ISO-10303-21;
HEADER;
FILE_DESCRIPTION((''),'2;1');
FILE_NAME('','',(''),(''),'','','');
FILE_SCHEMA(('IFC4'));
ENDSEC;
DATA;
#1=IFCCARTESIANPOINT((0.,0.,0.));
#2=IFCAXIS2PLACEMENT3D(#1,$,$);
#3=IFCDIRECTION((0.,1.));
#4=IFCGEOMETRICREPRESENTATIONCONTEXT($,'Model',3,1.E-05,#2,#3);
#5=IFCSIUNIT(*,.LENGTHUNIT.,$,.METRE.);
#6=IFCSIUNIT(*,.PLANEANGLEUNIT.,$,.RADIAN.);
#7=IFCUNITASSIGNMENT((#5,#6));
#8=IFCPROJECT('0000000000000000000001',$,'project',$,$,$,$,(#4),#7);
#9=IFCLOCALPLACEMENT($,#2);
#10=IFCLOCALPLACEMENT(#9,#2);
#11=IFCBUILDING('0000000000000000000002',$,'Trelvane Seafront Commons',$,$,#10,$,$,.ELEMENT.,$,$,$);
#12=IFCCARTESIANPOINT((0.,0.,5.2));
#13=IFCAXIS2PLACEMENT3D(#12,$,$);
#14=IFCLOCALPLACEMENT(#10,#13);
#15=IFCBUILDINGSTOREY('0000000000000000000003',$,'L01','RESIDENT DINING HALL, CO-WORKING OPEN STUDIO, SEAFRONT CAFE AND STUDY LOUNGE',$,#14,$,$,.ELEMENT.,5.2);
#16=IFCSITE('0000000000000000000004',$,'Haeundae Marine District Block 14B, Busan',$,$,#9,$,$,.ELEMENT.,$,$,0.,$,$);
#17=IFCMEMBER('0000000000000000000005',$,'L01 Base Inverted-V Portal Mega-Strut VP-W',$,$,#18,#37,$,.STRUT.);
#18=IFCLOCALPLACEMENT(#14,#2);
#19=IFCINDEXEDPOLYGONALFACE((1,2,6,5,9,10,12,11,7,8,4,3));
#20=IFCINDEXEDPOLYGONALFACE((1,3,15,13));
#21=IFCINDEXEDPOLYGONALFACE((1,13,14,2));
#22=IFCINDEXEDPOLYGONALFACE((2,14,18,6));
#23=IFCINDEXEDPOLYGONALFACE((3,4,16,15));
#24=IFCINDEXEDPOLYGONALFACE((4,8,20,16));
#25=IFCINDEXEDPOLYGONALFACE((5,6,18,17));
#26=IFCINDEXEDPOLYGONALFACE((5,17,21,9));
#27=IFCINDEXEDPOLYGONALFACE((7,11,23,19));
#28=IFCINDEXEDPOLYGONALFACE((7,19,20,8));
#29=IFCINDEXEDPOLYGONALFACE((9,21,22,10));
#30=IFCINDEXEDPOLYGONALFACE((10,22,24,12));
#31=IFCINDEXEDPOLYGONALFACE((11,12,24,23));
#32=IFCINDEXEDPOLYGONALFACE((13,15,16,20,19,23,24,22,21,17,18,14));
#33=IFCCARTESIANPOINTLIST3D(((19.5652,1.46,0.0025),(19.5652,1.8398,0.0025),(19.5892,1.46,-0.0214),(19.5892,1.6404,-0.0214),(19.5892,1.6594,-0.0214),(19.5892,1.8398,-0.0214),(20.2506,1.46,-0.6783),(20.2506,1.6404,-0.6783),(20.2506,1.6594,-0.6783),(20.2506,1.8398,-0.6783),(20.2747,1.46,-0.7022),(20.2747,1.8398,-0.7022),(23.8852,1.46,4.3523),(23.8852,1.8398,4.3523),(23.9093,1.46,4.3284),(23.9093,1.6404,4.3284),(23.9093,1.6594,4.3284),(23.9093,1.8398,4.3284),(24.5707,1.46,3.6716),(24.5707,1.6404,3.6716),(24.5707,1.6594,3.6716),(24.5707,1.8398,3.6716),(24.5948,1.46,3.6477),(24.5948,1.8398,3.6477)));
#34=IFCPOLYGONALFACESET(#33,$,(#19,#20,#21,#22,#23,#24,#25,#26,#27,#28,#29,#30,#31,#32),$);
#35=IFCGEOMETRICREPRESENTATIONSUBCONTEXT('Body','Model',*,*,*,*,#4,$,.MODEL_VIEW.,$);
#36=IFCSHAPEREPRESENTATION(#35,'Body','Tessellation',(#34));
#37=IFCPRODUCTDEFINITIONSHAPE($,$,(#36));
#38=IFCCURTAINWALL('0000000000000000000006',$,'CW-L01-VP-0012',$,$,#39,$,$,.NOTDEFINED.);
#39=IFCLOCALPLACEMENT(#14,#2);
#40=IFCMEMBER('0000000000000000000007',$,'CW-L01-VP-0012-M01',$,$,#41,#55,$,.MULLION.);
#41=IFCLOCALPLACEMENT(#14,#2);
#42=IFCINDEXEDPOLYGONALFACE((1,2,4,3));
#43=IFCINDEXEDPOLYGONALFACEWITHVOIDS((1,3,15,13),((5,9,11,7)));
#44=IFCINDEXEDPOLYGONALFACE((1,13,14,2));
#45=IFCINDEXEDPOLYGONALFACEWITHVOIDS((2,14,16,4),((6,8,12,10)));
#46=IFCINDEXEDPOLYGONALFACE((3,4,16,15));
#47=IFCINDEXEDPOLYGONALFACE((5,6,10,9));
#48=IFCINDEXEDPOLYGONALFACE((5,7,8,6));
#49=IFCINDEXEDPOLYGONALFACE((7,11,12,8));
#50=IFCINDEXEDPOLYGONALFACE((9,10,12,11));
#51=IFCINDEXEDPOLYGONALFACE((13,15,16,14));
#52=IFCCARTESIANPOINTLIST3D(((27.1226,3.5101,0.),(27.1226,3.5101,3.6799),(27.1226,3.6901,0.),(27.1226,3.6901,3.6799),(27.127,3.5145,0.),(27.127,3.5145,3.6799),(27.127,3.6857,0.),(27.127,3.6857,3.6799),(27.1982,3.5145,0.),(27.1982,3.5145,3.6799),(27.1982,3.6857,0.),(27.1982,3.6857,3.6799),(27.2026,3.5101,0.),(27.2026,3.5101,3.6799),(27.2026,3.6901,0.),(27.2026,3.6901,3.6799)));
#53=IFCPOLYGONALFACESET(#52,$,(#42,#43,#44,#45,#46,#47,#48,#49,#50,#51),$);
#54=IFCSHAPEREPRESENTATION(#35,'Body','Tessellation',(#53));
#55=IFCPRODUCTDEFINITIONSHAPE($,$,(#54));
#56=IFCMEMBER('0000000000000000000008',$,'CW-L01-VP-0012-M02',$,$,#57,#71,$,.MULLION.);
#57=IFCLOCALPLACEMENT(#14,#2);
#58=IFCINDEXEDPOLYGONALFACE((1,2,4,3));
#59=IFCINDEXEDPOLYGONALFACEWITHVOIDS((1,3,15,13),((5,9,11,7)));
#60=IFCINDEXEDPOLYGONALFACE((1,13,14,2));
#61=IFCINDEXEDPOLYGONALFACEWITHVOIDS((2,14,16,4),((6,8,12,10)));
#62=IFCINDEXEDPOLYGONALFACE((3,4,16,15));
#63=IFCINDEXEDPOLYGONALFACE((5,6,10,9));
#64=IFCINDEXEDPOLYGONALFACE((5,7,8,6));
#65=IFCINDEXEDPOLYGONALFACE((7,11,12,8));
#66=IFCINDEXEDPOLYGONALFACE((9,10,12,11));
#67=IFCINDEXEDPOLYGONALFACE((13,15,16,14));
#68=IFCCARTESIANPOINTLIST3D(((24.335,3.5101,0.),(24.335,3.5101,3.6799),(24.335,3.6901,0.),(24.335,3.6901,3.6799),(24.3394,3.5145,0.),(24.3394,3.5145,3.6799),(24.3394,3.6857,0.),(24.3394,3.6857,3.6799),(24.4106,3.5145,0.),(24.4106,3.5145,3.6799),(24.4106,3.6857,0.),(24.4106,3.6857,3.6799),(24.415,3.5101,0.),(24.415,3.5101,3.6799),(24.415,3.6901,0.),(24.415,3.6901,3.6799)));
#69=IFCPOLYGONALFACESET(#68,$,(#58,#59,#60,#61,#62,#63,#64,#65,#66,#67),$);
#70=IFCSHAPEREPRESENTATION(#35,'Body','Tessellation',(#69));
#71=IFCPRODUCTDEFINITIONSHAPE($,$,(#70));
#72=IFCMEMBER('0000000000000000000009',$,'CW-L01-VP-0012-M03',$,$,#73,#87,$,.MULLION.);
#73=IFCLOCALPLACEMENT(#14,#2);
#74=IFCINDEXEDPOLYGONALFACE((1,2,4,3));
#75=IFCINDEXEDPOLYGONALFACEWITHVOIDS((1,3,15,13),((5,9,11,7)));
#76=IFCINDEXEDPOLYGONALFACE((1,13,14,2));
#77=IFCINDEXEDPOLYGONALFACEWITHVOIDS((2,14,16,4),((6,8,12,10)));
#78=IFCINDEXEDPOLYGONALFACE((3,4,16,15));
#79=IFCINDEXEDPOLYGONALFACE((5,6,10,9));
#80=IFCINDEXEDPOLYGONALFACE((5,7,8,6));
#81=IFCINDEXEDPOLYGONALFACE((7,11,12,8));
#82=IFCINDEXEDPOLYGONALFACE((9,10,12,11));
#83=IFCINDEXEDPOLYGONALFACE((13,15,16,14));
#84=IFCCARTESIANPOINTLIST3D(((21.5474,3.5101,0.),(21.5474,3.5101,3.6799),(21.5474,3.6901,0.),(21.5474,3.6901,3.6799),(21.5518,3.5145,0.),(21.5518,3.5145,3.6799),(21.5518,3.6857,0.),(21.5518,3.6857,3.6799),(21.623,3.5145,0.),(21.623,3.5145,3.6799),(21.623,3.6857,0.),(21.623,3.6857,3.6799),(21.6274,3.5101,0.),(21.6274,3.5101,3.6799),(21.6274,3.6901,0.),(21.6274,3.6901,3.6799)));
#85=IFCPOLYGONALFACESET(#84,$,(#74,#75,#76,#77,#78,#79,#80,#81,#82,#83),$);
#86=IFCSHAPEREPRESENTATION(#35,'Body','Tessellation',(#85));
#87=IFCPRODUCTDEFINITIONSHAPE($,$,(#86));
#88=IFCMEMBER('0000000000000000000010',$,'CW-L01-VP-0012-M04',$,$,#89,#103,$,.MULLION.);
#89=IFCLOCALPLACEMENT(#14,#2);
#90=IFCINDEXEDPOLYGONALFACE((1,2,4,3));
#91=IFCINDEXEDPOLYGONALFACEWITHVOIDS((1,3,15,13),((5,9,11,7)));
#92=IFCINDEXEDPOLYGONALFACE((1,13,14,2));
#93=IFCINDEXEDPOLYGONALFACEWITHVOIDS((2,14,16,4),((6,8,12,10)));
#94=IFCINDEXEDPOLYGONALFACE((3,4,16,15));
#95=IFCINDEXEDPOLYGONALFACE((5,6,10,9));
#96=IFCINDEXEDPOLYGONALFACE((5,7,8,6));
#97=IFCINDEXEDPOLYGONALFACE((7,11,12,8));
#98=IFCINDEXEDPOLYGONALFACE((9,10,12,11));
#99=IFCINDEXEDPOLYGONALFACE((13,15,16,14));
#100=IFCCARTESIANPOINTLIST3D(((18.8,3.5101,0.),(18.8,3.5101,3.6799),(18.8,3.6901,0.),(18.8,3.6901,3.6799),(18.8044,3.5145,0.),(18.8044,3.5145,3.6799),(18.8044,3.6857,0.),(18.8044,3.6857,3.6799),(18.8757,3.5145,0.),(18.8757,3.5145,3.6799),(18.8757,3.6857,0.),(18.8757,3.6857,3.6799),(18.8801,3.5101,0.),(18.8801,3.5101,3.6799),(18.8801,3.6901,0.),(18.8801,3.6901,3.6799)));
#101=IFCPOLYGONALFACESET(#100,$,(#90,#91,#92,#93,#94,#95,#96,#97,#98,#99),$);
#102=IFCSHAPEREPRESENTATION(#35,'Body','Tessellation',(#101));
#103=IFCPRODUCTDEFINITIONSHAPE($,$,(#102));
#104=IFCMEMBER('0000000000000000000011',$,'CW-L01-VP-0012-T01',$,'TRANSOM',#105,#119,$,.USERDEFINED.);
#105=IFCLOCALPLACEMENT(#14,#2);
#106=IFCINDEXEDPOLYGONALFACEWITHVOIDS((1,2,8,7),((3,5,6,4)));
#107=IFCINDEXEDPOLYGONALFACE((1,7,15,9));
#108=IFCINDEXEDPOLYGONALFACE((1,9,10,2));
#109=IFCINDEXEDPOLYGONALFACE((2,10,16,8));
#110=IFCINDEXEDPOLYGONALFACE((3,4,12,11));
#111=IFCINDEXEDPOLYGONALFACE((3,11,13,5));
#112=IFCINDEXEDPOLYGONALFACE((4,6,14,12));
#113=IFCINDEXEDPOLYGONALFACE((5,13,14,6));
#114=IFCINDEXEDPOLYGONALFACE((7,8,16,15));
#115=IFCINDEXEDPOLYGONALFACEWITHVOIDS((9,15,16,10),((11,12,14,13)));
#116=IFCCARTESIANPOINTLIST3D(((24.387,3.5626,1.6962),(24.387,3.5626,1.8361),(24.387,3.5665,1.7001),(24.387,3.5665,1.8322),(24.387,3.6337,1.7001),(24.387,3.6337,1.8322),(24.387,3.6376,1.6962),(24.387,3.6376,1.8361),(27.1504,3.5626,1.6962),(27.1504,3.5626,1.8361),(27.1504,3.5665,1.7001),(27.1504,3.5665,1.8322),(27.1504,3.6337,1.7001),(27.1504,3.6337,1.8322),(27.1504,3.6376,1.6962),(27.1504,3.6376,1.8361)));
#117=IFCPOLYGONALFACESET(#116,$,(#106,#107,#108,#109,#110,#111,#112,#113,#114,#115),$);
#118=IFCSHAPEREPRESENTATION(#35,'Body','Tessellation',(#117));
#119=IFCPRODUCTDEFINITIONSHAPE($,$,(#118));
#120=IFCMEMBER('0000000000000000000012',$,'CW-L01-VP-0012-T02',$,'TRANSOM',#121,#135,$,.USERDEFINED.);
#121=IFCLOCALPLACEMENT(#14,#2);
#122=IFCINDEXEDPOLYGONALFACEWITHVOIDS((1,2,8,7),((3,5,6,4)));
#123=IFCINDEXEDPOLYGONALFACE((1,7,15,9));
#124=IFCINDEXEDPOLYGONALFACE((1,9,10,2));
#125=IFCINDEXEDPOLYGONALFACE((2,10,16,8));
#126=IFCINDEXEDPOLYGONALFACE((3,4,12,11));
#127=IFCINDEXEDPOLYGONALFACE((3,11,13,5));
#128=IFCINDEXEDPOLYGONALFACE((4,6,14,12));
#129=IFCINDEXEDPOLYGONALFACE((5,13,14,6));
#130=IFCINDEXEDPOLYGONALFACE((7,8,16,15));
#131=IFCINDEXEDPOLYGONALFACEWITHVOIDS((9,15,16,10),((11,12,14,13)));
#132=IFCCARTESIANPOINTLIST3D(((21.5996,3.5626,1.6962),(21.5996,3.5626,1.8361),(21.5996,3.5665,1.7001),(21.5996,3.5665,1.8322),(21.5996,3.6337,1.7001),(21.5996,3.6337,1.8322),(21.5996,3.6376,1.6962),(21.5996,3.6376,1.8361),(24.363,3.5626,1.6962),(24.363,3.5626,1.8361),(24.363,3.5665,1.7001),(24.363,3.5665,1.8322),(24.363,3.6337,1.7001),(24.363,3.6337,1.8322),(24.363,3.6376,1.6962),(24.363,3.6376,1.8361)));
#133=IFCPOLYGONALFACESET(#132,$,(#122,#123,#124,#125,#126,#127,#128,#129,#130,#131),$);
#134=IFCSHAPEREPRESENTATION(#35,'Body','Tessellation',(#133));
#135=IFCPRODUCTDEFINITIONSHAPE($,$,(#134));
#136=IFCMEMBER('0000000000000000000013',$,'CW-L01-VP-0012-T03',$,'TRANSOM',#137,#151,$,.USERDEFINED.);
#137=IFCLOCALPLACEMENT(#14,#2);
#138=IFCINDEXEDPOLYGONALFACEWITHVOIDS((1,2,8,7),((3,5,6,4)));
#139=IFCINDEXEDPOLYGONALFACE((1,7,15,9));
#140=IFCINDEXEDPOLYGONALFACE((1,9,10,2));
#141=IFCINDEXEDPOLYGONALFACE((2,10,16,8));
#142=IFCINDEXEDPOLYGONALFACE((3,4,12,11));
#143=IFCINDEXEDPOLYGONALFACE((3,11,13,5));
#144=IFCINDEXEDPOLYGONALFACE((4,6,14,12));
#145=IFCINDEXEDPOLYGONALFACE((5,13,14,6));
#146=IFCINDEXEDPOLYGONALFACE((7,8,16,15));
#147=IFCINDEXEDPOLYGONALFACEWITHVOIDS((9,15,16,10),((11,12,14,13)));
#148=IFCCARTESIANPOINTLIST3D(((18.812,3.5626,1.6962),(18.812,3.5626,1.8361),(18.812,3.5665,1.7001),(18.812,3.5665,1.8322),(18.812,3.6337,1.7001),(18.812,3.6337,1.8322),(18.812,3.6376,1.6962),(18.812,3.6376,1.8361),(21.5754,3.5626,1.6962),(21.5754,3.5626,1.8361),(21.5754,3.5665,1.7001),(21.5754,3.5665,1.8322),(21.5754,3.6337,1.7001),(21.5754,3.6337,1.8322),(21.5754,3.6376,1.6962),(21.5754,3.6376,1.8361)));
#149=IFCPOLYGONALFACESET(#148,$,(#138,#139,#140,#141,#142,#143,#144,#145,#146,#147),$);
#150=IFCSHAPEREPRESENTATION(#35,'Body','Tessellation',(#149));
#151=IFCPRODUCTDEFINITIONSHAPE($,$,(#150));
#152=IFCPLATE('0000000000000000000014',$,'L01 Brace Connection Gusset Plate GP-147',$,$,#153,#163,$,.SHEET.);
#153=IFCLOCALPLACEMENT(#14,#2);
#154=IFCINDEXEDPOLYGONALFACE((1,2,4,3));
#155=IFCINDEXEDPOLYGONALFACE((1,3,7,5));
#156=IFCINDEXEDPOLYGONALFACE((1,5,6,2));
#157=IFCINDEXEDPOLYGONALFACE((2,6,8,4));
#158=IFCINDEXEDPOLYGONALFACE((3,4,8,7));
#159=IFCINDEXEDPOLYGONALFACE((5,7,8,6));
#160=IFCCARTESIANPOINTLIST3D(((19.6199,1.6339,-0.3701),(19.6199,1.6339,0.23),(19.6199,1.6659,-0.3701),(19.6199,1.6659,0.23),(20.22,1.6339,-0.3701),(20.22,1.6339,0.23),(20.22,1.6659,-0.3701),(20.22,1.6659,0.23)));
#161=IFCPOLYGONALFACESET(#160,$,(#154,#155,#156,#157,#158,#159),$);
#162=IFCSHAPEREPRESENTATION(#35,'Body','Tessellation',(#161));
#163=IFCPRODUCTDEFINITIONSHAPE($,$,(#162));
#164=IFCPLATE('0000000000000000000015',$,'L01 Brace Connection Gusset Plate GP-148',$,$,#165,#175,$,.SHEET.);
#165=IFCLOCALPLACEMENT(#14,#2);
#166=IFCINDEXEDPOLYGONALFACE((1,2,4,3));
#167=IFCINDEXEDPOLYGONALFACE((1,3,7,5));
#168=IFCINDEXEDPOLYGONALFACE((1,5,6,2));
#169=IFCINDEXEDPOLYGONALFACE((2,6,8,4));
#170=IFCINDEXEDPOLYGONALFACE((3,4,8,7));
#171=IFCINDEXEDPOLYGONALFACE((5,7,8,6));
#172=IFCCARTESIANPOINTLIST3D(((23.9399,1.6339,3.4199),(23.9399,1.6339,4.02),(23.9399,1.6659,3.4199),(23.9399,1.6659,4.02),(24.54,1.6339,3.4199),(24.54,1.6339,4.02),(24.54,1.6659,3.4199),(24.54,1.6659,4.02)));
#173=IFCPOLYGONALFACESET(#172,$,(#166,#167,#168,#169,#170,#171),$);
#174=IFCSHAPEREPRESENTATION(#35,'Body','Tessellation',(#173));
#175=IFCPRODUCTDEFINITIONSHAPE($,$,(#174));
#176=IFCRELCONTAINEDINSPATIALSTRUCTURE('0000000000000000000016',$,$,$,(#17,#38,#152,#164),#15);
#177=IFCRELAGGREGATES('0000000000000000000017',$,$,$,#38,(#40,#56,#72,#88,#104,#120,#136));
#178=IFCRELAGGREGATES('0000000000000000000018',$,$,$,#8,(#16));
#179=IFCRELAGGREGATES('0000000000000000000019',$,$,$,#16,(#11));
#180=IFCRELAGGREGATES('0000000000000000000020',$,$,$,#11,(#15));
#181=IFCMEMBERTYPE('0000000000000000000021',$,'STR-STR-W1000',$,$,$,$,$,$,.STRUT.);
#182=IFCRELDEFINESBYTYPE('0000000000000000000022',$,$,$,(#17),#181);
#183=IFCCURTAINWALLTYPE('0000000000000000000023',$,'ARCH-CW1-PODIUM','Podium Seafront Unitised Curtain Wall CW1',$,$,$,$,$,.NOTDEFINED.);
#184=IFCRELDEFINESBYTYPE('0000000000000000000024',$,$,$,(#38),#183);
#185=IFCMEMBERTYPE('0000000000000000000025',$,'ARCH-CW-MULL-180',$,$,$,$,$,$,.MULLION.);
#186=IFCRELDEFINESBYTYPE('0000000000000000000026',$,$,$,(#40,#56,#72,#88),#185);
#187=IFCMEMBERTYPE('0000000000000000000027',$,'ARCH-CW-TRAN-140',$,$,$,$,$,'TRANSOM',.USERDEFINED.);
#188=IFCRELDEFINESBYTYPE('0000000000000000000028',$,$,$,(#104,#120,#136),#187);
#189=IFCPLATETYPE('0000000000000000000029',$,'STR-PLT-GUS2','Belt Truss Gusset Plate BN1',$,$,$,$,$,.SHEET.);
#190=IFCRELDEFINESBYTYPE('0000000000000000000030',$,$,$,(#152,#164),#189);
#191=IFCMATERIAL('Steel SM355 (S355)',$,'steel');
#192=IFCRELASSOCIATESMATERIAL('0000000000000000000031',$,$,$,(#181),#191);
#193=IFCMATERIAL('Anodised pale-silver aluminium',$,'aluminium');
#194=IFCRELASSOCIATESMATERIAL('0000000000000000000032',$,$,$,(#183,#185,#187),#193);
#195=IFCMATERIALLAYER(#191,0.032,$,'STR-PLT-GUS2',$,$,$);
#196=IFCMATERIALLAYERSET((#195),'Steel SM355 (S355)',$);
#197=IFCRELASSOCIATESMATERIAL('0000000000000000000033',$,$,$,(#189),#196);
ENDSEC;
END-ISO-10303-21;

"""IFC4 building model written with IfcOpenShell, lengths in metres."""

from ifc_helpers import new_model, si_unit, direction, frame, origin, origin_2d, place, context, subcontext, project, spatial, rectangle, hollow_rectangle, i_section, extrude, source, transform, mapped, material, layer, layer_set, material_profile, profile_set, type_object, element, aggregate, save


model = new_model("IFC4")

# Units and contexts
model_context = context("Model", 3, precision=1e-05, world=origin(), true_north=direction((0.0, 1.0)))
body_context = subcontext(model_context, "Body", "Model", "MODEL_VIEW")
ifc_project = project(units=[si_unit("LENGTHUNIT", "METRE"), si_unit("PLANEANGLEUNIT", "RADIAN")], contexts=[model_context])

# Site, building, storey
site_placement = place(None, origin())
site = spatial("IfcSite", under=ifc_project, at=site_placement, Name="Haeundae Marine District Block 14B, Busan", CompositionType="ELEMENT", RefElevation=0.0)
building_placement = place(site_placement, origin())
building = spatial("IfcBuilding", under=site, at=building_placement, Name="Trelvane Seafront Commons", CompositionType="ELEMENT")
storey_placement = place(building_placement, frame((0.0, 0.0, 5.2)))
storey = spatial("IfcBuildingStorey", under=building, at=storey_placement, Name="L01", Description="RESIDENT DINING HALL, CO-WORKING OPEN STUDIO, SEAFRONT CAFE AND STUDY LOUNGE", CompositionType="ELEMENT", Elevation=5.2)

# Member
ifc_material_1 = material(Name="Steel SM355 (S355)", Category="steel")
ifc_material_profile_1 = material_profile(ifc_material_1, i_section(OverallWidth=0.3799, OverallDepth=1.0, WebThickness=0.019, FlangeThickness=0.0339, at=origin_2d()), Name="W-1000x380x19x34")
ifc_profile_set_1 = profile_set([ifc_material_profile_1], Name="Steel SM355 (S355)")
member_type_1 = type_object("IfcMemberType", Name="STR-STR-W1000", PredefinedType="STRUT", material=ifc_profile_set_1)
shared_shape_1 = source(origin(), body_context, "Body", "SweptSolid", [
    extrude(i_section(OverallWidth=0.3799, OverallDepth=1.0, WebThickness=0.019, FlangeThickness=0.0339, at=origin_2d()), origin(), (0.0, 0.0, 1.0), 6.1306),
])
member_1_placement = place(storey_placement, frame((19.9199, 1.6499, -0.3499), z_axis=(0.704673, 0.0, 0.709532), x_axis=(0.0, 1.0, 0.0)))
element("IfcMember", 1, at=member_1_placement, inside=storey, type_object=member_type_1, Name="L01 Base Inverted-V Portal Mega-Strut VP-W", PredefinedType="STRUT", context=body_context, shape_type="MappedRepresentation", body=[
    mapped(shared_shape_1, transform((0.0, 0.0, 0.0), x_axis=(1.0, 0.0, 0.0), y_axis=(0.0, 1.0, 0.0), z_axis=(0.0, 0.0, 1.0), scale=1.0)),
])

# Curtain wall, members
ifc_material_2 = material(Name="Anodised pale-silver aluminium", Category="aluminium")
curtain_wall_type = type_object("IfcCurtainWallType", Name="ARCH-CW1-PODIUM", Description="Podium Seafront Unitised Curtain Wall CW1", PredefinedType="NOTDEFINED", material=ifc_material_2)
curtain_wall_placement = place(storey_placement, origin())
curtain_wall = element("IfcCurtainWall", 2, at=curtain_wall_placement, inside=storey, type_object=curtain_wall_type, Name="CW-L01-VP-0012", PredefinedType="NOTDEFINED")
ifc_material_profile_2 = material_profile(ifc_material_2, hollow_rectangle(XDim=0.0801, YDim=0.1799, WallThickness=0.0044, at=origin_2d()), Name="MULL-80x180x4.5")
ifc_profile_set_2 = profile_set([ifc_material_profile_2], Name="Anodised pale-silver aluminium")
member_type_2 = type_object("IfcMemberType", Name="ARCH-CW-MULL-180", PredefinedType="MULLION", material=ifc_profile_set_2)
shared_shape_2 = source(origin(), body_context, "Body", "SweptSolid", [
    extrude(hollow_rectangle(XDim=0.0801, YDim=0.1799, WallThickness=0.0044, at=origin_2d()), origin(), (0.0, 0.0, 1.0), 3.6799),
])
member_2_placement = place(storey_placement, frame((27.1626, 3.6001, 0.0), z_axis=(0.0, 0.0, 1.0), x_axis=(1.0, 0.0, 0.0)))
member_2 = element("IfcMember", 3, at=member_2_placement, type_object=member_type_2, Name="CW-L01-VP-0012-M01", PredefinedType="MULLION", context=body_context, shape_type="MappedRepresentation", body=[
    mapped(shared_shape_2, transform((0.0, 0.0, 0.0), x_axis=(1.0, 0.0, 0.0), y_axis=(0.0, 1.0, 0.0), z_axis=(0.0, 0.0, 1.0), scale=1.0)),
])
member_3_placement = place(storey_placement, frame((24.375, 3.6001, 0.0), z_axis=(0.0, 0.0, 1.0), x_axis=(1.0, 0.0, 0.0)))
member_3 = element("IfcMember", 4, at=member_3_placement, type_object=member_type_2, Name="CW-L01-VP-0012-M02", PredefinedType="MULLION", context=body_context, shape_type="MappedRepresentation", body=[
    mapped(shared_shape_2, transform((0.0, 0.0, 0.0), x_axis=(1.0, 0.0, 0.0), y_axis=(0.0, 1.0, 0.0), z_axis=(0.0, 0.0, 1.0), scale=1.0)),
])
member_4_placement = place(storey_placement, frame((21.5874, 3.6001, 0.0), z_axis=(0.0, 0.0, 1.0), x_axis=(1.0, 0.0, 0.0)))
member_4 = element("IfcMember", 5, at=member_4_placement, type_object=member_type_2, Name="CW-L01-VP-0012-M03", PredefinedType="MULLION", context=body_context, shape_type="MappedRepresentation", body=[
    mapped(shared_shape_2, transform((0.0, 0.0, 0.0), x_axis=(1.0, 0.0, 0.0), y_axis=(0.0, 1.0, 0.0), z_axis=(0.0, 0.0, 1.0), scale=1.0)),
])
member_5_placement = place(storey_placement, frame((18.8401, 3.6001, 0.0), z_axis=(0.0, 0.0, 1.0), x_axis=(1.0, 0.0, 0.0)))
member_5 = element("IfcMember", 6, at=member_5_placement, type_object=member_type_2, Name="CW-L01-VP-0012-M04", PredefinedType="MULLION", context=body_context, shape_type="MappedRepresentation", body=[
    mapped(shared_shape_2, transform((0.0, 0.0, 0.0), x_axis=(1.0, 0.0, 0.0), y_axis=(0.0, 1.0, 0.0), z_axis=(0.0, 0.0, 1.0), scale=1.0)),
])
ifc_material_profile_3 = material_profile(ifc_material_2, hollow_rectangle(XDim=0.075, YDim=0.1399, WallThickness=0.0039, at=origin_2d()), Name="TRAN-75x140x4")
ifc_profile_set_3 = profile_set([ifc_material_profile_3], Name="Anodised pale-silver aluminium")
member_type_3 = type_object("IfcMemberType", Name="ARCH-CW-TRAN-140", ElementType="TRANSOM", PredefinedType="USERDEFINED", material=ifc_profile_set_3)
shared_shape_3 = source(origin(), body_context, "Body", "SweptSolid", [
    extrude(hollow_rectangle(XDim=0.075, YDim=0.1399, WallThickness=0.0039, at=origin_2d()), origin(), (0.0, 0.0, 1.0), 2.7634),
])
member_6_placement = place(storey_placement, frame((27.1504, 3.6001, 1.7661), z_axis=(-1.0, 0.0, 0.0), x_axis=(0.0, -1.0, 0.0)))
member_6 = element("IfcMember", 7, at=member_6_placement, type_object=member_type_3, Name="CW-L01-VP-0012-T01", ObjectType="TRANSOM", PredefinedType="USERDEFINED", context=body_context, shape_type="MappedRepresentation", body=[
    mapped(shared_shape_3, transform((0.0, 0.0, 0.0), x_axis=(1.0, 0.0, 0.0), y_axis=(0.0, 1.0, 0.0), z_axis=(0.0, 0.0, 1.0), scale=1.0)),
])
member_7_placement = place(storey_placement, frame((24.363, 3.6001, 1.7661), z_axis=(-1.0, 0.0, 0.0), x_axis=(0.0, -1.0, 0.0)))
member_7 = element("IfcMember", 8, at=member_7_placement, type_object=member_type_3, Name="CW-L01-VP-0012-T02", ObjectType="TRANSOM", PredefinedType="USERDEFINED", context=body_context, shape_type="MappedRepresentation", body=[
    mapped(shared_shape_3, transform((0.0, 0.0, 0.0), x_axis=(1.0, 0.0, 0.0), y_axis=(0.0, 1.0, 0.0), z_axis=(0.0, 0.0, 1.0), scale=1.0)),
])
member_8_placement = place(storey_placement, frame((21.5754, 3.6001, 1.7661), z_axis=(-1.0, 0.0, 0.0), x_axis=(0.0, -1.0, 0.0)))
member_8 = element("IfcMember", 9, at=member_8_placement, type_object=member_type_3, Name="CW-L01-VP-0012-T03", ObjectType="TRANSOM", PredefinedType="USERDEFINED", context=body_context, shape_type="MappedRepresentation", body=[
    mapped(shared_shape_3, transform((0.0, 0.0, 0.0), x_axis=(1.0, 0.0, 0.0), y_axis=(0.0, 1.0, 0.0), z_axis=(0.0, 0.0, 1.0), scale=1.0)),
])

# Plates
ifc_layer_1 = layer(ifc_material_1, 0.032, Name="STR-PLT-GUS2")
ifc_layer_set_1 = layer_set([ifc_layer_1], Name="Steel SM355 (S355)")
plate_type_1 = type_object("IfcPlateType", Name="STR-PLT-GUS2", Description="Belt Truss Gusset Plate BN1", PredefinedType="SHEET", material=ifc_layer_set_1)
shared_shape_4 = source(origin(), body_context, "Body", "SweptSolid", [
    extrude(rectangle(XDim=0.6001, YDim=0.032, at=origin_2d()), origin(), (0.0, 0.0, 1.0), 0.6001),
])
for number, where, z_axis, x_axis, name in (
    (10, (19.9199, 1.6499, -0.3701), (0.0, 0.0, 1.0), (1.0, 0.0, 0.0), "L01 Brace Connection Gusset Plate GP-147"),
    (11, (24.24, 1.6499, 3.4199), (0.0, 0.0, 1.0), (1.0, 0.0, 0.0), "L01 Brace Connection Gusset Plate GP-148"),
):
    element("IfcPlate", number, at=place(storey_placement, frame(where, z_axis=z_axis, x_axis=x_axis)), inside=storey, type_object=plate_type_1, Name=name, PredefinedType="SHEET", context=body_context, shape_type="MappedRepresentation", body=[
        mapped(shared_shape_4, transform((0.0, 0.0, 0.0), x_axis=(1.0, 0.0, 0.0), y_axis=(0.0, 1.0, 0.0), z_axis=(0.0, 0.0, 1.0), scale=1.0)),
    ])

aggregate(curtain_wall, [member_2, member_3, member_4, member_5, member_6, member_7, member_8])

save(model, "model.ifc")
